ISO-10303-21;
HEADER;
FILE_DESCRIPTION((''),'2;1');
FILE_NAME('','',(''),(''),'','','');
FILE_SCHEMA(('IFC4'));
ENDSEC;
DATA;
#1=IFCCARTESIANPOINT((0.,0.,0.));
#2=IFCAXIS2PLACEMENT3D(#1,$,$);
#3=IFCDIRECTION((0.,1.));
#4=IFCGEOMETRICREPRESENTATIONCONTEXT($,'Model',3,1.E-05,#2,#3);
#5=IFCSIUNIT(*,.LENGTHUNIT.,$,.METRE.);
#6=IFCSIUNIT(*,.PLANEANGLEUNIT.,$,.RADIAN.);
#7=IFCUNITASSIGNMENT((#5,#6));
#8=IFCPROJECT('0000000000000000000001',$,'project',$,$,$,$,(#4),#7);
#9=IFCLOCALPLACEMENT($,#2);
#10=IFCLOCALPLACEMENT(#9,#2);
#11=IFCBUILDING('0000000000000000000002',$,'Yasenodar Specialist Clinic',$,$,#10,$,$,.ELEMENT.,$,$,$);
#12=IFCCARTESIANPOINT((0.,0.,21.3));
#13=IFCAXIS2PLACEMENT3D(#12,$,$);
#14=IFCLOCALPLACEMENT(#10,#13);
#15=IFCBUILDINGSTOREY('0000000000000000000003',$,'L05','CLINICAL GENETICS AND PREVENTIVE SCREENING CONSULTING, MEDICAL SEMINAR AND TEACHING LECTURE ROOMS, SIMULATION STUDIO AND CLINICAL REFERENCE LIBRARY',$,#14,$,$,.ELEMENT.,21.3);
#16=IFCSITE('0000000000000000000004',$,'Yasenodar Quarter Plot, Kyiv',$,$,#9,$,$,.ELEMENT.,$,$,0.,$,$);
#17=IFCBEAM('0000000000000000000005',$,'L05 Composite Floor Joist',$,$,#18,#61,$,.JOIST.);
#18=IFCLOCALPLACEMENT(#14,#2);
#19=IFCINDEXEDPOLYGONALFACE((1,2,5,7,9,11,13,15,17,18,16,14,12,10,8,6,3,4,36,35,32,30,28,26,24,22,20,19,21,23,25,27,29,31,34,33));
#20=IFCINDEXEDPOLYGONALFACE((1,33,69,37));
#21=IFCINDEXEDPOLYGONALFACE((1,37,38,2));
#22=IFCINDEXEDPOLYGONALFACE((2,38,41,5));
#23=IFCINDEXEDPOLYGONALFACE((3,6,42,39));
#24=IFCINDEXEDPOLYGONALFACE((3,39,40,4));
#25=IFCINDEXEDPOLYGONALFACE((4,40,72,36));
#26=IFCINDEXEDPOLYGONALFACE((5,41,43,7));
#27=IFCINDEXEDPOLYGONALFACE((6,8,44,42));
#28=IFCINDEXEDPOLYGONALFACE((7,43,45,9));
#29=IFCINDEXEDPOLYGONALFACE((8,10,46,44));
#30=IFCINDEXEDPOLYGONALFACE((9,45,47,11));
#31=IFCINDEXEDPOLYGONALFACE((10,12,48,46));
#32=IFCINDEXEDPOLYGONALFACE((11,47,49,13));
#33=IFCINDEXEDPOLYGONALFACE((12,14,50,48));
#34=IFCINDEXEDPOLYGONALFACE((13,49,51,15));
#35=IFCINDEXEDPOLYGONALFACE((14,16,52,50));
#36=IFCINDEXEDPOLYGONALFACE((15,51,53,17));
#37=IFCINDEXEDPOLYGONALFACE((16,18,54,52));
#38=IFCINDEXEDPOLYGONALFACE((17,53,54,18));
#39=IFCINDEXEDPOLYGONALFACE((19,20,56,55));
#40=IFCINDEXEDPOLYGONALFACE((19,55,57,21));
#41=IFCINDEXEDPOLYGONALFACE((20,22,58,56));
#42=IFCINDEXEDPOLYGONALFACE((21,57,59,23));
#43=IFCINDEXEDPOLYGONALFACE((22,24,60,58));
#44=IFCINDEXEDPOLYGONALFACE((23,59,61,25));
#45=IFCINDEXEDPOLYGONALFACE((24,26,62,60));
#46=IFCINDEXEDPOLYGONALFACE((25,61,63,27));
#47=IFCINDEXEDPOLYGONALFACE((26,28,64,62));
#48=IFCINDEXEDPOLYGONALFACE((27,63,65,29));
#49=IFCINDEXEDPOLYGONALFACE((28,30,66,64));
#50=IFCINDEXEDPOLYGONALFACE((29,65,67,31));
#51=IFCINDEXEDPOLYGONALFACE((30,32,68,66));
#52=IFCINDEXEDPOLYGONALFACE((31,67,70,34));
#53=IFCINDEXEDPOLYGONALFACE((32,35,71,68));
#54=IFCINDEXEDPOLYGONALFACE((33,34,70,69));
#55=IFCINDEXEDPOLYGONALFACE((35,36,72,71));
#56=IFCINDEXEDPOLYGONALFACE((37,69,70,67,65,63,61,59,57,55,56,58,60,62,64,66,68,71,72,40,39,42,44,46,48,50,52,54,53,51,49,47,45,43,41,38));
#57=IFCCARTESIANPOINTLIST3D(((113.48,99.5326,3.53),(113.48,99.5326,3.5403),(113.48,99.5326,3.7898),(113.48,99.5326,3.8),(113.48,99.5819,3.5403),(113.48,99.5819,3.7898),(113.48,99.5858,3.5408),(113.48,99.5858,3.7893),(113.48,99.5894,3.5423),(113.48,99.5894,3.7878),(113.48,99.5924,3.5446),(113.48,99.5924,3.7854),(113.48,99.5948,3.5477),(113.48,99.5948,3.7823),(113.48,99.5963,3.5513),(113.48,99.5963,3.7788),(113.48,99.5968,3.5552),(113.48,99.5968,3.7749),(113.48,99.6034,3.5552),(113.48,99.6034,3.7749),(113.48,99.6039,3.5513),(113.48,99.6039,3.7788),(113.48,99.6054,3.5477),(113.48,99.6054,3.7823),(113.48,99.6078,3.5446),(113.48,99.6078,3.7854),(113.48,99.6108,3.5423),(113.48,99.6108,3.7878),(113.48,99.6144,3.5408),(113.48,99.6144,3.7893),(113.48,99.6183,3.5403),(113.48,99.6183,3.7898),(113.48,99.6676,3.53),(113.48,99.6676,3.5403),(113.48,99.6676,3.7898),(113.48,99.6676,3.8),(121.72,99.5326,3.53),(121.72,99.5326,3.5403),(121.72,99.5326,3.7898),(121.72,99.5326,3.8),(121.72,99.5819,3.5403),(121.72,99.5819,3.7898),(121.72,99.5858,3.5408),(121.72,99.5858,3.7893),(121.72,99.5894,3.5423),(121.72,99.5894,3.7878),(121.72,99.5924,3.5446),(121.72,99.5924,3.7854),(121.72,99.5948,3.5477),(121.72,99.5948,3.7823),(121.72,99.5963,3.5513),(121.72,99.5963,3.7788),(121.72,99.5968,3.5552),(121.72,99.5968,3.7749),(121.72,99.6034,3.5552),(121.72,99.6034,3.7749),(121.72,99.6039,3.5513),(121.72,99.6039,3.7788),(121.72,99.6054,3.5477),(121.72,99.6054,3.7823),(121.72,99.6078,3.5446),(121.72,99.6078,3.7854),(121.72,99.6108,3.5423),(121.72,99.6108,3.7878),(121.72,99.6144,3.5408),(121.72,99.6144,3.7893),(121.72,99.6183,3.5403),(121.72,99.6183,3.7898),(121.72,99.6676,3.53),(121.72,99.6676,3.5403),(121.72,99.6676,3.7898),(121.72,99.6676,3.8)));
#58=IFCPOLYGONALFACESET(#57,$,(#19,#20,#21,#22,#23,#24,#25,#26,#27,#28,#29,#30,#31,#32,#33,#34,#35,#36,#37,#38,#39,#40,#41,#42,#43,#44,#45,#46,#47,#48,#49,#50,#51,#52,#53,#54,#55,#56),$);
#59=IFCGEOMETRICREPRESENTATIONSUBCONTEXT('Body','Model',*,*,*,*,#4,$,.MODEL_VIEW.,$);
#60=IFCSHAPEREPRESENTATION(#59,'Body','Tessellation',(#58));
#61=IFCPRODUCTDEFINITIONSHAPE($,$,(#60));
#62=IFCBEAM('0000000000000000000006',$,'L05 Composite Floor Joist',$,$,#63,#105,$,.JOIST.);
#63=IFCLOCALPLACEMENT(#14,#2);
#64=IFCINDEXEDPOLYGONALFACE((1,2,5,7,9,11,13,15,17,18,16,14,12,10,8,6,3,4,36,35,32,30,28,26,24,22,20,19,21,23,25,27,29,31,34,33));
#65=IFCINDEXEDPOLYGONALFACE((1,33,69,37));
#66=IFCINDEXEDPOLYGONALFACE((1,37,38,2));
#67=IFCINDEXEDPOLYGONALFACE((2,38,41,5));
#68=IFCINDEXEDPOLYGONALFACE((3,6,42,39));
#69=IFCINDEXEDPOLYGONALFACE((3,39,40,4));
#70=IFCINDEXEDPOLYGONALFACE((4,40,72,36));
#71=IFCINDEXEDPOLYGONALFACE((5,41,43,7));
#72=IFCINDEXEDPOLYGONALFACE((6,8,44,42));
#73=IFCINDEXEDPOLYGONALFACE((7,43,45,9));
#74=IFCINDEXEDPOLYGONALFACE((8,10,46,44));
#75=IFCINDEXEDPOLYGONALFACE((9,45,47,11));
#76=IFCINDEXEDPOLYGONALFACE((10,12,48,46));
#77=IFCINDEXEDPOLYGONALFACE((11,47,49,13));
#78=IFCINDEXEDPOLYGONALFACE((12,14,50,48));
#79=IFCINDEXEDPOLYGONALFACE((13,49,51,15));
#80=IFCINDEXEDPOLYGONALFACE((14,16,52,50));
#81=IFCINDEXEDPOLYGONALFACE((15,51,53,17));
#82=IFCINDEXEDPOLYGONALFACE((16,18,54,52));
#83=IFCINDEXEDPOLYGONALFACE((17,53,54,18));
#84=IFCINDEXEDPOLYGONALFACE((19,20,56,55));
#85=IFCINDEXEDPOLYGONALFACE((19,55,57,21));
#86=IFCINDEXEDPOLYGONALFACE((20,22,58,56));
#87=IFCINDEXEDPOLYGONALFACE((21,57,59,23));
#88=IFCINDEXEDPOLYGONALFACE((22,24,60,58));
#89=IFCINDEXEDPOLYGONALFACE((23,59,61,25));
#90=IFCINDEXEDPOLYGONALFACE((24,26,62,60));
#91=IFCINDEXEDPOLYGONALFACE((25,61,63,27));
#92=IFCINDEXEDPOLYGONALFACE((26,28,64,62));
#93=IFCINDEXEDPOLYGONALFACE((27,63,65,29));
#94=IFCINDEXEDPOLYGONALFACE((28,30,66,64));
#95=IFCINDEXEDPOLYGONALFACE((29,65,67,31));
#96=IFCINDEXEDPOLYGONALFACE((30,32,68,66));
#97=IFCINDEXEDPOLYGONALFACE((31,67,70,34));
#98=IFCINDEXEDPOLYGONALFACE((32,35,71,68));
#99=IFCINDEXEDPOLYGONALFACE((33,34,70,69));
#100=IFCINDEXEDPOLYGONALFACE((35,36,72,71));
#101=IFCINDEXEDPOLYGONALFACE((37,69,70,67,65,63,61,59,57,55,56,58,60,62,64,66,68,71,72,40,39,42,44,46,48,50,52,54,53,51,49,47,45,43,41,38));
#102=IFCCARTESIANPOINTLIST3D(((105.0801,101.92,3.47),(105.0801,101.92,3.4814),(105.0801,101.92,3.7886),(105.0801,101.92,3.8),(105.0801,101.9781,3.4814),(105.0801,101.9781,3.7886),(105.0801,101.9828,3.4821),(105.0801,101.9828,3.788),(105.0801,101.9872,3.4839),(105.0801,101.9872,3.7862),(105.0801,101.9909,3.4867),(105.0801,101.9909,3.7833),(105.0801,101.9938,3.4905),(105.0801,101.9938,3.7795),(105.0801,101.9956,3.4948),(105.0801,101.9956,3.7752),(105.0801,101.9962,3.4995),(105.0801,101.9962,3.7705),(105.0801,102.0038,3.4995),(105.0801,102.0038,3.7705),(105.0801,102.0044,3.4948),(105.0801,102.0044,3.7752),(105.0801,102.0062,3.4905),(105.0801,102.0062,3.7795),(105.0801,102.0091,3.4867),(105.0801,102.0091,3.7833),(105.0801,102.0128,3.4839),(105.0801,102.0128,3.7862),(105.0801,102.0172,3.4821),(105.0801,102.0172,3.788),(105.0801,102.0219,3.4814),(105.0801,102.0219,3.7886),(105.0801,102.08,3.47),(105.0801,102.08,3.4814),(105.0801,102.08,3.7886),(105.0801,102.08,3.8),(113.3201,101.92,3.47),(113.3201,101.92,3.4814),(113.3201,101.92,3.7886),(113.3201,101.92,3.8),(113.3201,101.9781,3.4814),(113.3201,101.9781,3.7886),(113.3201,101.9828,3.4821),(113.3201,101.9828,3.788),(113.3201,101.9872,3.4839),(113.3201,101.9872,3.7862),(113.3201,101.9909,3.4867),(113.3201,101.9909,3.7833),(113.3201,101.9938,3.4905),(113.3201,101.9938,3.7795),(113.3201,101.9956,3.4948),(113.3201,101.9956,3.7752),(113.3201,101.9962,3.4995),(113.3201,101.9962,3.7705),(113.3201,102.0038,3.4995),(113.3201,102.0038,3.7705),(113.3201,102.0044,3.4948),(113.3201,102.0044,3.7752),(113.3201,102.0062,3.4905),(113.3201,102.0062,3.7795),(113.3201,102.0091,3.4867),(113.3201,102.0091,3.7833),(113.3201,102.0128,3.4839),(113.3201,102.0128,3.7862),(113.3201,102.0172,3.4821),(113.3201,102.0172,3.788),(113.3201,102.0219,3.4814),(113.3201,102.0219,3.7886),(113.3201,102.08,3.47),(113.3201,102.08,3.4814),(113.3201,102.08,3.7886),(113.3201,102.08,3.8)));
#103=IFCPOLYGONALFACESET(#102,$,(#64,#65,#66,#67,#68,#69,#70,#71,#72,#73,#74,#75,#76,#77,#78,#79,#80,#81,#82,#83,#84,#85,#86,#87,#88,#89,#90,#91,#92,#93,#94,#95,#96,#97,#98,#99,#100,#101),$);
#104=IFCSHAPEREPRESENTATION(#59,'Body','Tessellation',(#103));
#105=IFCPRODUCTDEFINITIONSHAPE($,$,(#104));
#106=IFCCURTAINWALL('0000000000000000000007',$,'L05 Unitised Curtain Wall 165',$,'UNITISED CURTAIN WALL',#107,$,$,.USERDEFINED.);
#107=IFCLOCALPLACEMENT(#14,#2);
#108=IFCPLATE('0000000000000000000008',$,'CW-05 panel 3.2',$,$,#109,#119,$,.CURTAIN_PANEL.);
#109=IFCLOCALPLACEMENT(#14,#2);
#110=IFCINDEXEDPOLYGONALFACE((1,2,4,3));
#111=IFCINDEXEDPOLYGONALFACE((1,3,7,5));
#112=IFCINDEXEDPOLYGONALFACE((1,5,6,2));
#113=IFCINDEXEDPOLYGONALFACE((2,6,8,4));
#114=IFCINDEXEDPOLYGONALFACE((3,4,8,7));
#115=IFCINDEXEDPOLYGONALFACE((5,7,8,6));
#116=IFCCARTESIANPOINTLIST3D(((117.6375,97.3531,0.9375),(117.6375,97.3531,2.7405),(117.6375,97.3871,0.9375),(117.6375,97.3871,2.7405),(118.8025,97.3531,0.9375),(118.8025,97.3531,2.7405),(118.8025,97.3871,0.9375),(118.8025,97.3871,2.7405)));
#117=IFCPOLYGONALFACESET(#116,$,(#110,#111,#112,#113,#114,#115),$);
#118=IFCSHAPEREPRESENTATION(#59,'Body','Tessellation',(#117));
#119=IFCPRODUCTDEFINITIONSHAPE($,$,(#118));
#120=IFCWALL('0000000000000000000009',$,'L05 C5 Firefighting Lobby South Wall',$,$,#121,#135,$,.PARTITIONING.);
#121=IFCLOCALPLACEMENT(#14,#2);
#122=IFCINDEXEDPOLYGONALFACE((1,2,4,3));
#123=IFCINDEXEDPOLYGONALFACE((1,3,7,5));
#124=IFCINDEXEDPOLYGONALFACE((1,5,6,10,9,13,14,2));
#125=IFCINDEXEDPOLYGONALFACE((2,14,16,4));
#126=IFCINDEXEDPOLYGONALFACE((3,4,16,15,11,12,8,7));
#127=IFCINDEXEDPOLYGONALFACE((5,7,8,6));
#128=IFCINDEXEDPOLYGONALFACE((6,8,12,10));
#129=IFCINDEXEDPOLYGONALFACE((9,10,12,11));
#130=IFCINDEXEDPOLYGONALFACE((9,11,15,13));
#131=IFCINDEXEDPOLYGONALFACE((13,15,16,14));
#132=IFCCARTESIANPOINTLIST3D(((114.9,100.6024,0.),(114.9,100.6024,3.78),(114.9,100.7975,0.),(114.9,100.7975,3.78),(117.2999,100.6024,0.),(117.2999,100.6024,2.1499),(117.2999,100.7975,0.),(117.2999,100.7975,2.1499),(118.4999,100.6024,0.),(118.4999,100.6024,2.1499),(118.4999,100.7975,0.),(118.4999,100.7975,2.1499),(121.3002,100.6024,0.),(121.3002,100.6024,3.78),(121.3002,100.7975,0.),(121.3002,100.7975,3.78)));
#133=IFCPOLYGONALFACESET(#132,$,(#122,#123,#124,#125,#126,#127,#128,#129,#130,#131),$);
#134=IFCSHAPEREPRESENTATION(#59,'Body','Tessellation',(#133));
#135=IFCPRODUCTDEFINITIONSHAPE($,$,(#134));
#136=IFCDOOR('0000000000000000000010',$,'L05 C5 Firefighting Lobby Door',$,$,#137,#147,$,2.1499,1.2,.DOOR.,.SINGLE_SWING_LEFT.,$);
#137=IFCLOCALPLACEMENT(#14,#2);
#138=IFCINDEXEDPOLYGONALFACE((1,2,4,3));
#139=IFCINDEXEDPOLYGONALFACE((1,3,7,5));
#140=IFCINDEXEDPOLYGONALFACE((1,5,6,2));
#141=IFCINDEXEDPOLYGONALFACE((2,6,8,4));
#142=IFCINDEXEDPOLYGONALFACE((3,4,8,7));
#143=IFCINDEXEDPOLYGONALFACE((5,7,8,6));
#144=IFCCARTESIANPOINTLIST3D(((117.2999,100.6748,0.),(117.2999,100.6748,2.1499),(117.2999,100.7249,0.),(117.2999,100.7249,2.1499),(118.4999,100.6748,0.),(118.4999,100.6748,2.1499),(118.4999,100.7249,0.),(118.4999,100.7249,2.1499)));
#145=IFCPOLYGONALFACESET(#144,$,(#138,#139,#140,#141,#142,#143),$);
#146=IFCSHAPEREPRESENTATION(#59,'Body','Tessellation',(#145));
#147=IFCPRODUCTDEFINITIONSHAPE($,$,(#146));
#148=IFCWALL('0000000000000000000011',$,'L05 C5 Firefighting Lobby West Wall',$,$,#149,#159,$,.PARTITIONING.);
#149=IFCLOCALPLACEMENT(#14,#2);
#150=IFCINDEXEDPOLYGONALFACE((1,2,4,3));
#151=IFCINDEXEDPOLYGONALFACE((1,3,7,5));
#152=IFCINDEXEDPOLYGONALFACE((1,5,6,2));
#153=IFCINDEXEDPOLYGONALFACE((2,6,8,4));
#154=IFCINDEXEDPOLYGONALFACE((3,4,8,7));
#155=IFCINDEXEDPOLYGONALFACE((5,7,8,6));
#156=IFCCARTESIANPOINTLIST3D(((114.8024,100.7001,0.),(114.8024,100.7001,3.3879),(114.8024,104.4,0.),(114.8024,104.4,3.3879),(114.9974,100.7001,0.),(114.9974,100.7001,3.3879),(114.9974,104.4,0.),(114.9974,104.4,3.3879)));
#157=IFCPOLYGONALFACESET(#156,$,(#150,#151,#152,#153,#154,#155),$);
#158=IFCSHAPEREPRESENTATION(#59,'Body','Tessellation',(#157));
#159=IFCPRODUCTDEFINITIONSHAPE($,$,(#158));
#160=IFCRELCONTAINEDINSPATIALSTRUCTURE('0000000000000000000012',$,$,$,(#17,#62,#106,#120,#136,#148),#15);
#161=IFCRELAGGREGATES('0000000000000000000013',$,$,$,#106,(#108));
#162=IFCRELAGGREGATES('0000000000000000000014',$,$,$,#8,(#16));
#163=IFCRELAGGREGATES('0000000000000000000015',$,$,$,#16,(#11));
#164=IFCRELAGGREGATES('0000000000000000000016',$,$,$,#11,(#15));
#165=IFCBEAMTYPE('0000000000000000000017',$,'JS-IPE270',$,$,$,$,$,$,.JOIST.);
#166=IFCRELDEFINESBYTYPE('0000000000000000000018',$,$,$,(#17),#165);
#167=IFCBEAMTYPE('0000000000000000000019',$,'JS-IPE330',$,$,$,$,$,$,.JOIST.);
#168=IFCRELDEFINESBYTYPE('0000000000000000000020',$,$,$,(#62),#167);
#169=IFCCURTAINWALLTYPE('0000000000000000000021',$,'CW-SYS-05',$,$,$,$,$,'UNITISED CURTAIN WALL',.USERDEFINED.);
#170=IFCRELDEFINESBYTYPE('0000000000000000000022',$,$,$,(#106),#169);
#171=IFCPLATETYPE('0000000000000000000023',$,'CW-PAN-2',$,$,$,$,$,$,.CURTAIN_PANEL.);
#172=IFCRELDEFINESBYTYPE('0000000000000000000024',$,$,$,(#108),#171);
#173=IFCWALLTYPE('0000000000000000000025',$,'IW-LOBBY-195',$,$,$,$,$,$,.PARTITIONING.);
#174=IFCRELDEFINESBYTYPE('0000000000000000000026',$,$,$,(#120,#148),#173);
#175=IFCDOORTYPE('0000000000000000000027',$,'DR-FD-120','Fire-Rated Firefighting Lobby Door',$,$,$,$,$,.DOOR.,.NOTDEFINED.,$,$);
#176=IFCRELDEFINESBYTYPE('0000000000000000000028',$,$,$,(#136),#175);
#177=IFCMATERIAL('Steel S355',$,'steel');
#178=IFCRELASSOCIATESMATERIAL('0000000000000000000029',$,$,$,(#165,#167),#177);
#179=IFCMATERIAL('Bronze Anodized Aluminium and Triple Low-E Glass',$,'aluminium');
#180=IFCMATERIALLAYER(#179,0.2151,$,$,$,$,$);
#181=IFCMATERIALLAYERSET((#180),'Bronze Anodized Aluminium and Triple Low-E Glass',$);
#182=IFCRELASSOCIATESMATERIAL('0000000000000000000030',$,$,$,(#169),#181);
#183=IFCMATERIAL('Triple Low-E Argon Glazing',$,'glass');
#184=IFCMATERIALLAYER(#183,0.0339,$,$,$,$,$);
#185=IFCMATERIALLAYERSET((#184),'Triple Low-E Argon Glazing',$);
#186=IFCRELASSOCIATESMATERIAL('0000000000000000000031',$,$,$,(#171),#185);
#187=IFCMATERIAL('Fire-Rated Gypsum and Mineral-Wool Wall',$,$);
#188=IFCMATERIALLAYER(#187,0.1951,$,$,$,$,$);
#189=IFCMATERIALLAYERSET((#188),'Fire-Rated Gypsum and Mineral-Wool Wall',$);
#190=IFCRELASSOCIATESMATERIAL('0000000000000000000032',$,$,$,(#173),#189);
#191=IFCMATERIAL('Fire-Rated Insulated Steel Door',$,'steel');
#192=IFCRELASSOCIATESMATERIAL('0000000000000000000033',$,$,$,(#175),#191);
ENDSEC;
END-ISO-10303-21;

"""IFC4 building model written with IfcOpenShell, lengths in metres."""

from ifc_helpers import new_model, si_unit, direction, frame, frame_2d, origin, origin_2d, place, context, subcontext, project, spatial, rectangle, i_section, extrude, material, layer, layer_set, material_profile, profile_set, type_object, element, fill, aggregate, save


model = new_model("IFC4")

# Units and contexts
model_context = context("Model", 3, precision=1e-05, world=origin(), true_north=direction((0.0, 1.0)))
body_context = subcontext(model_context, "Body", "Model", "MODEL_VIEW")
ifc_project = project(units=[si_unit("LENGTHUNIT", "METRE"), si_unit("PLANEANGLEUNIT", "RADIAN")], contexts=[model_context])

# Site, building, storey
site_placement = place(None, origin())
site = spatial("IfcSite", under=ifc_project, at=site_placement, Name="Yasenodar Quarter Plot, Kyiv", CompositionType="ELEMENT", RefElevation=0.0)
building_placement = place(site_placement, origin())
building = spatial("IfcBuilding", under=site, at=building_placement, Name="Yasenodar Specialist Clinic", CompositionType="ELEMENT")
storey_placement = place(building_placement, frame((0.0, 0.0, 21.3)))
storey = spatial("IfcBuildingStorey", under=building, at=storey_placement, Name="L05", Description="CLINICAL GENETICS AND PREVENTIVE SCREENING CONSULTING, MEDICAL SEMINAR AND TEACHING LECTURE ROOMS, SIMULATION STUDIO AND CLINICAL REFERENCE LIBRARY", CompositionType="ELEMENT", Elevation=21.3)

# Shared definitions
ifc_material_1 = material(Name="Steel S355", Category="steel")

# Beams
ifc_material_profile_1 = material_profile(ifc_material_1, i_section(OverallWidth=0.135, OverallDepth=0.27, WebThickness=0.0066, FlangeThickness=0.0103, FilletRadius=0.0149, at=origin_2d()), Name="IPE 270")
ifc_profile_set_1 = profile_set([ifc_material_profile_1], Name="Steel S355")
beam_type_1 = type_object("IfcBeamType", Name="JS-IPE270", PredefinedType="JOIST", material=ifc_profile_set_1)
beam_1_placement = place(storey_placement, frame((113.48, 99.6001, 3.665), z_axis=(1.0, 0.0, 0.0), x_axis=(0.0, 1.0, 0.0)))
element("IfcBeam", 1, at=beam_1_placement, inside=storey, type_object=beam_type_1, Name="L05 Composite Floor Joist", PredefinedType="JOIST", context=body_context, shape_type="SweptSolid", body=[
    extrude(i_section(OverallWidth=0.135, OverallDepth=0.27, WebThickness=0.0066, FlangeThickness=0.0103, FilletRadius=0.0149, at=origin_2d()), origin(), (0.0, 0.0, 1.0), 8.24),
])
ifc_material_profile_2 = material_profile(ifc_material_1, i_section(OverallWidth=0.1599, OverallDepth=0.3301, WebThickness=0.0076, FlangeThickness=0.0115, FilletRadius=0.0181, at=origin_2d()), Name="IPE 330")
ifc_profile_set_2 = profile_set([ifc_material_profile_2], Name="Steel S355")
beam_type_2 = type_object("IfcBeamType", Name="JS-IPE330", PredefinedType="JOIST", material=ifc_profile_set_2)
beam_2_placement = place(storey_placement, frame((105.0801, 102.0, 3.635), z_axis=(1.0, 0.0, 0.0), x_axis=(0.0, 1.0, 0.0)))
element("IfcBeam", 2, at=beam_2_placement, inside=storey, type_object=beam_type_2, Name="L05 Composite Floor Joist", PredefinedType="JOIST", context=body_context, shape_type="SweptSolid", body=[
    extrude(i_section(OverallWidth=0.1599, OverallDepth=0.3301, WebThickness=0.0076, FlangeThickness=0.0115, FilletRadius=0.0181, at=origin_2d()), origin(), (0.0, 0.0, 1.0), 8.24),
])

# Curtain wall, plate
ifc_material_2 = material(Name="Bronze Anodized Aluminium and Triple Low-E Glass", Category="aluminium")
ifc_layer_1 = layer(ifc_material_2, 0.2151)
ifc_layer_set_1 = layer_set([ifc_layer_1], Name="Bronze Anodized Aluminium and Triple Low-E Glass")
curtain_wall_type = type_object("IfcCurtainWallType", Name="CW-SYS-05", ElementType="UNITISED CURTAIN WALL", PredefinedType="USERDEFINED", material=ifc_layer_set_1)
curtain_wall_placement = place(storey_placement, origin())
curtain_wall = element("IfcCurtainWall", 3, at=curtain_wall_placement, inside=storey, type_object=curtain_wall_type, Name="L05 Unitised Curtain Wall 165", ObjectType="UNITISED CURTAIN WALL", PredefinedType="USERDEFINED")
ifc_material_3 = material(Name="Triple Low-E Argon Glazing", Category="glass")
ifc_layer_2 = layer(ifc_material_3, 0.0339)
ifc_layer_set_2 = layer_set([ifc_layer_2], Name="Triple Low-E Argon Glazing")
plate_type = type_object("IfcPlateType", Name="CW-PAN-2", PredefinedType="CURTAIN_PANEL", material=ifc_layer_set_2)
plate_placement = place(storey_placement, frame((118.22, 97.3701, 0.9375), z_axis=(0.0, 0.0, 1.0), x_axis=(-1.0, 0.0, 0.0)))
plate = element("IfcPlate", 4, at=plate_placement, type_object=plate_type, Name="CW-05 panel 3.2", PredefinedType="CURTAIN_PANEL", context=body_context, shape_type="SweptSolid", body=[
    extrude(rectangle(XDim=1.165, YDim=0.0339, at=origin_2d()), origin(), (0.0, 0.0, 1.0), 1.803),
])
aggregate(curtain_wall, [plate])

# Wall, opening, door
ifc_material_4 = material(Name="Fire-Rated Gypsum and Mineral-Wool Wall")
ifc_layer_3 = layer(ifc_material_4, 0.1951)
ifc_layer_set_3 = layer_set([ifc_layer_3], Name="Fire-Rated Gypsum and Mineral-Wool Wall")
wall_type_1 = type_object("IfcWallType", Name="IW-LOBBY-195", PredefinedType="PARTITIONING", material=ifc_layer_set_3)
wall_1_placement = place(storey_placement, frame((114.8999, 100.7, 0.0), z_axis=(0.0, 0.0, 1.0), x_axis=(1.0, 0.0, 0.0)))
wall_1 = element("IfcWall", 5, at=wall_1_placement, inside=storey, type_object=wall_type_1, Name="L05 C5 Firefighting Lobby South Wall", PredefinedType="PARTITIONING", context=body_context, shape_type="SweptSolid", body=[
    extrude(rectangle(XDim=6.4001, YDim=0.1951, at=frame_2d((3.2002, 0.0))), origin(), (0.0, 0.0, 1.0), 3.78),
])
opening_1_placement = place(wall_1_placement, frame((2.3999, 0.0, 0.0)))
opening_1 = element("IfcOpeningElement", 6, at=opening_1_placement, cuts=wall_1, PredefinedType="OPENING", context=body_context, shape_type="SweptSolid", body=[
    extrude(rectangle(XDim=1.2, YDim=2.1499, at=frame_2d((0.6001, 1.075))), frame((0.0, 0.1074, 0.0), z_axis=(0.0, -1.0, 0.0), x_axis=(1.0, 0.0, 0.0)), (0.0, 0.0, 1.0), 0.2151),
])
ifc_material_5 = material(Name="Fire-Rated Insulated Steel Door", Category="steel")
door_type_1 = type_object("IfcDoorType", Name="DR-FD-120", Description="Fire-Rated Firefighting Lobby Door", OperationType="NOTDEFINED", PredefinedType="DOOR", material=ifc_material_5)
door_1_placement = place(opening_1_placement, origin())
door_1 = element("IfcDoor", 7, at=door_1_placement, inside=storey, type_object=door_type_1, Name="L05 C5 Firefighting Lobby Door", OperationType="SINGLE_SWING_LEFT", OverallHeight=2.1499, OverallWidth=1.2, PredefinedType="DOOR", context=body_context, shape_type="SweptSolid", body=[
    extrude(rectangle(XDim=1.2, YDim=2.1499, at=frame_2d((0.6001, 1.075))), frame((0.0, 0.0249, 0.0), z_axis=(0.0, -1.0, 0.0), x_axis=(1.0, 0.0, 0.0)), (0.0, 0.0, 1.0), 0.05),
])
fill(opening_1, door_1)

# Wall
wall_2_placement = place(storey_placement, frame((114.8999, 100.7, 0.0), z_axis=(0.0, 0.0, 1.0), x_axis=(0.0, 1.0, 0.0)))
element("IfcWall", 8, at=wall_2_placement, inside=storey, type_object=wall_type_1, Name="L05 C5 Firefighting Lobby West Wall", PredefinedType="PARTITIONING", context=body_context, shape_type="SweptSolid", body=[
    extrude(rectangle(XDim=3.7, YDim=0.1951, at=frame_2d((1.8501, 0.0))), origin(), (0.0, 0.0, 1.0), 3.3879),
])

save(model, "model.ifc")
